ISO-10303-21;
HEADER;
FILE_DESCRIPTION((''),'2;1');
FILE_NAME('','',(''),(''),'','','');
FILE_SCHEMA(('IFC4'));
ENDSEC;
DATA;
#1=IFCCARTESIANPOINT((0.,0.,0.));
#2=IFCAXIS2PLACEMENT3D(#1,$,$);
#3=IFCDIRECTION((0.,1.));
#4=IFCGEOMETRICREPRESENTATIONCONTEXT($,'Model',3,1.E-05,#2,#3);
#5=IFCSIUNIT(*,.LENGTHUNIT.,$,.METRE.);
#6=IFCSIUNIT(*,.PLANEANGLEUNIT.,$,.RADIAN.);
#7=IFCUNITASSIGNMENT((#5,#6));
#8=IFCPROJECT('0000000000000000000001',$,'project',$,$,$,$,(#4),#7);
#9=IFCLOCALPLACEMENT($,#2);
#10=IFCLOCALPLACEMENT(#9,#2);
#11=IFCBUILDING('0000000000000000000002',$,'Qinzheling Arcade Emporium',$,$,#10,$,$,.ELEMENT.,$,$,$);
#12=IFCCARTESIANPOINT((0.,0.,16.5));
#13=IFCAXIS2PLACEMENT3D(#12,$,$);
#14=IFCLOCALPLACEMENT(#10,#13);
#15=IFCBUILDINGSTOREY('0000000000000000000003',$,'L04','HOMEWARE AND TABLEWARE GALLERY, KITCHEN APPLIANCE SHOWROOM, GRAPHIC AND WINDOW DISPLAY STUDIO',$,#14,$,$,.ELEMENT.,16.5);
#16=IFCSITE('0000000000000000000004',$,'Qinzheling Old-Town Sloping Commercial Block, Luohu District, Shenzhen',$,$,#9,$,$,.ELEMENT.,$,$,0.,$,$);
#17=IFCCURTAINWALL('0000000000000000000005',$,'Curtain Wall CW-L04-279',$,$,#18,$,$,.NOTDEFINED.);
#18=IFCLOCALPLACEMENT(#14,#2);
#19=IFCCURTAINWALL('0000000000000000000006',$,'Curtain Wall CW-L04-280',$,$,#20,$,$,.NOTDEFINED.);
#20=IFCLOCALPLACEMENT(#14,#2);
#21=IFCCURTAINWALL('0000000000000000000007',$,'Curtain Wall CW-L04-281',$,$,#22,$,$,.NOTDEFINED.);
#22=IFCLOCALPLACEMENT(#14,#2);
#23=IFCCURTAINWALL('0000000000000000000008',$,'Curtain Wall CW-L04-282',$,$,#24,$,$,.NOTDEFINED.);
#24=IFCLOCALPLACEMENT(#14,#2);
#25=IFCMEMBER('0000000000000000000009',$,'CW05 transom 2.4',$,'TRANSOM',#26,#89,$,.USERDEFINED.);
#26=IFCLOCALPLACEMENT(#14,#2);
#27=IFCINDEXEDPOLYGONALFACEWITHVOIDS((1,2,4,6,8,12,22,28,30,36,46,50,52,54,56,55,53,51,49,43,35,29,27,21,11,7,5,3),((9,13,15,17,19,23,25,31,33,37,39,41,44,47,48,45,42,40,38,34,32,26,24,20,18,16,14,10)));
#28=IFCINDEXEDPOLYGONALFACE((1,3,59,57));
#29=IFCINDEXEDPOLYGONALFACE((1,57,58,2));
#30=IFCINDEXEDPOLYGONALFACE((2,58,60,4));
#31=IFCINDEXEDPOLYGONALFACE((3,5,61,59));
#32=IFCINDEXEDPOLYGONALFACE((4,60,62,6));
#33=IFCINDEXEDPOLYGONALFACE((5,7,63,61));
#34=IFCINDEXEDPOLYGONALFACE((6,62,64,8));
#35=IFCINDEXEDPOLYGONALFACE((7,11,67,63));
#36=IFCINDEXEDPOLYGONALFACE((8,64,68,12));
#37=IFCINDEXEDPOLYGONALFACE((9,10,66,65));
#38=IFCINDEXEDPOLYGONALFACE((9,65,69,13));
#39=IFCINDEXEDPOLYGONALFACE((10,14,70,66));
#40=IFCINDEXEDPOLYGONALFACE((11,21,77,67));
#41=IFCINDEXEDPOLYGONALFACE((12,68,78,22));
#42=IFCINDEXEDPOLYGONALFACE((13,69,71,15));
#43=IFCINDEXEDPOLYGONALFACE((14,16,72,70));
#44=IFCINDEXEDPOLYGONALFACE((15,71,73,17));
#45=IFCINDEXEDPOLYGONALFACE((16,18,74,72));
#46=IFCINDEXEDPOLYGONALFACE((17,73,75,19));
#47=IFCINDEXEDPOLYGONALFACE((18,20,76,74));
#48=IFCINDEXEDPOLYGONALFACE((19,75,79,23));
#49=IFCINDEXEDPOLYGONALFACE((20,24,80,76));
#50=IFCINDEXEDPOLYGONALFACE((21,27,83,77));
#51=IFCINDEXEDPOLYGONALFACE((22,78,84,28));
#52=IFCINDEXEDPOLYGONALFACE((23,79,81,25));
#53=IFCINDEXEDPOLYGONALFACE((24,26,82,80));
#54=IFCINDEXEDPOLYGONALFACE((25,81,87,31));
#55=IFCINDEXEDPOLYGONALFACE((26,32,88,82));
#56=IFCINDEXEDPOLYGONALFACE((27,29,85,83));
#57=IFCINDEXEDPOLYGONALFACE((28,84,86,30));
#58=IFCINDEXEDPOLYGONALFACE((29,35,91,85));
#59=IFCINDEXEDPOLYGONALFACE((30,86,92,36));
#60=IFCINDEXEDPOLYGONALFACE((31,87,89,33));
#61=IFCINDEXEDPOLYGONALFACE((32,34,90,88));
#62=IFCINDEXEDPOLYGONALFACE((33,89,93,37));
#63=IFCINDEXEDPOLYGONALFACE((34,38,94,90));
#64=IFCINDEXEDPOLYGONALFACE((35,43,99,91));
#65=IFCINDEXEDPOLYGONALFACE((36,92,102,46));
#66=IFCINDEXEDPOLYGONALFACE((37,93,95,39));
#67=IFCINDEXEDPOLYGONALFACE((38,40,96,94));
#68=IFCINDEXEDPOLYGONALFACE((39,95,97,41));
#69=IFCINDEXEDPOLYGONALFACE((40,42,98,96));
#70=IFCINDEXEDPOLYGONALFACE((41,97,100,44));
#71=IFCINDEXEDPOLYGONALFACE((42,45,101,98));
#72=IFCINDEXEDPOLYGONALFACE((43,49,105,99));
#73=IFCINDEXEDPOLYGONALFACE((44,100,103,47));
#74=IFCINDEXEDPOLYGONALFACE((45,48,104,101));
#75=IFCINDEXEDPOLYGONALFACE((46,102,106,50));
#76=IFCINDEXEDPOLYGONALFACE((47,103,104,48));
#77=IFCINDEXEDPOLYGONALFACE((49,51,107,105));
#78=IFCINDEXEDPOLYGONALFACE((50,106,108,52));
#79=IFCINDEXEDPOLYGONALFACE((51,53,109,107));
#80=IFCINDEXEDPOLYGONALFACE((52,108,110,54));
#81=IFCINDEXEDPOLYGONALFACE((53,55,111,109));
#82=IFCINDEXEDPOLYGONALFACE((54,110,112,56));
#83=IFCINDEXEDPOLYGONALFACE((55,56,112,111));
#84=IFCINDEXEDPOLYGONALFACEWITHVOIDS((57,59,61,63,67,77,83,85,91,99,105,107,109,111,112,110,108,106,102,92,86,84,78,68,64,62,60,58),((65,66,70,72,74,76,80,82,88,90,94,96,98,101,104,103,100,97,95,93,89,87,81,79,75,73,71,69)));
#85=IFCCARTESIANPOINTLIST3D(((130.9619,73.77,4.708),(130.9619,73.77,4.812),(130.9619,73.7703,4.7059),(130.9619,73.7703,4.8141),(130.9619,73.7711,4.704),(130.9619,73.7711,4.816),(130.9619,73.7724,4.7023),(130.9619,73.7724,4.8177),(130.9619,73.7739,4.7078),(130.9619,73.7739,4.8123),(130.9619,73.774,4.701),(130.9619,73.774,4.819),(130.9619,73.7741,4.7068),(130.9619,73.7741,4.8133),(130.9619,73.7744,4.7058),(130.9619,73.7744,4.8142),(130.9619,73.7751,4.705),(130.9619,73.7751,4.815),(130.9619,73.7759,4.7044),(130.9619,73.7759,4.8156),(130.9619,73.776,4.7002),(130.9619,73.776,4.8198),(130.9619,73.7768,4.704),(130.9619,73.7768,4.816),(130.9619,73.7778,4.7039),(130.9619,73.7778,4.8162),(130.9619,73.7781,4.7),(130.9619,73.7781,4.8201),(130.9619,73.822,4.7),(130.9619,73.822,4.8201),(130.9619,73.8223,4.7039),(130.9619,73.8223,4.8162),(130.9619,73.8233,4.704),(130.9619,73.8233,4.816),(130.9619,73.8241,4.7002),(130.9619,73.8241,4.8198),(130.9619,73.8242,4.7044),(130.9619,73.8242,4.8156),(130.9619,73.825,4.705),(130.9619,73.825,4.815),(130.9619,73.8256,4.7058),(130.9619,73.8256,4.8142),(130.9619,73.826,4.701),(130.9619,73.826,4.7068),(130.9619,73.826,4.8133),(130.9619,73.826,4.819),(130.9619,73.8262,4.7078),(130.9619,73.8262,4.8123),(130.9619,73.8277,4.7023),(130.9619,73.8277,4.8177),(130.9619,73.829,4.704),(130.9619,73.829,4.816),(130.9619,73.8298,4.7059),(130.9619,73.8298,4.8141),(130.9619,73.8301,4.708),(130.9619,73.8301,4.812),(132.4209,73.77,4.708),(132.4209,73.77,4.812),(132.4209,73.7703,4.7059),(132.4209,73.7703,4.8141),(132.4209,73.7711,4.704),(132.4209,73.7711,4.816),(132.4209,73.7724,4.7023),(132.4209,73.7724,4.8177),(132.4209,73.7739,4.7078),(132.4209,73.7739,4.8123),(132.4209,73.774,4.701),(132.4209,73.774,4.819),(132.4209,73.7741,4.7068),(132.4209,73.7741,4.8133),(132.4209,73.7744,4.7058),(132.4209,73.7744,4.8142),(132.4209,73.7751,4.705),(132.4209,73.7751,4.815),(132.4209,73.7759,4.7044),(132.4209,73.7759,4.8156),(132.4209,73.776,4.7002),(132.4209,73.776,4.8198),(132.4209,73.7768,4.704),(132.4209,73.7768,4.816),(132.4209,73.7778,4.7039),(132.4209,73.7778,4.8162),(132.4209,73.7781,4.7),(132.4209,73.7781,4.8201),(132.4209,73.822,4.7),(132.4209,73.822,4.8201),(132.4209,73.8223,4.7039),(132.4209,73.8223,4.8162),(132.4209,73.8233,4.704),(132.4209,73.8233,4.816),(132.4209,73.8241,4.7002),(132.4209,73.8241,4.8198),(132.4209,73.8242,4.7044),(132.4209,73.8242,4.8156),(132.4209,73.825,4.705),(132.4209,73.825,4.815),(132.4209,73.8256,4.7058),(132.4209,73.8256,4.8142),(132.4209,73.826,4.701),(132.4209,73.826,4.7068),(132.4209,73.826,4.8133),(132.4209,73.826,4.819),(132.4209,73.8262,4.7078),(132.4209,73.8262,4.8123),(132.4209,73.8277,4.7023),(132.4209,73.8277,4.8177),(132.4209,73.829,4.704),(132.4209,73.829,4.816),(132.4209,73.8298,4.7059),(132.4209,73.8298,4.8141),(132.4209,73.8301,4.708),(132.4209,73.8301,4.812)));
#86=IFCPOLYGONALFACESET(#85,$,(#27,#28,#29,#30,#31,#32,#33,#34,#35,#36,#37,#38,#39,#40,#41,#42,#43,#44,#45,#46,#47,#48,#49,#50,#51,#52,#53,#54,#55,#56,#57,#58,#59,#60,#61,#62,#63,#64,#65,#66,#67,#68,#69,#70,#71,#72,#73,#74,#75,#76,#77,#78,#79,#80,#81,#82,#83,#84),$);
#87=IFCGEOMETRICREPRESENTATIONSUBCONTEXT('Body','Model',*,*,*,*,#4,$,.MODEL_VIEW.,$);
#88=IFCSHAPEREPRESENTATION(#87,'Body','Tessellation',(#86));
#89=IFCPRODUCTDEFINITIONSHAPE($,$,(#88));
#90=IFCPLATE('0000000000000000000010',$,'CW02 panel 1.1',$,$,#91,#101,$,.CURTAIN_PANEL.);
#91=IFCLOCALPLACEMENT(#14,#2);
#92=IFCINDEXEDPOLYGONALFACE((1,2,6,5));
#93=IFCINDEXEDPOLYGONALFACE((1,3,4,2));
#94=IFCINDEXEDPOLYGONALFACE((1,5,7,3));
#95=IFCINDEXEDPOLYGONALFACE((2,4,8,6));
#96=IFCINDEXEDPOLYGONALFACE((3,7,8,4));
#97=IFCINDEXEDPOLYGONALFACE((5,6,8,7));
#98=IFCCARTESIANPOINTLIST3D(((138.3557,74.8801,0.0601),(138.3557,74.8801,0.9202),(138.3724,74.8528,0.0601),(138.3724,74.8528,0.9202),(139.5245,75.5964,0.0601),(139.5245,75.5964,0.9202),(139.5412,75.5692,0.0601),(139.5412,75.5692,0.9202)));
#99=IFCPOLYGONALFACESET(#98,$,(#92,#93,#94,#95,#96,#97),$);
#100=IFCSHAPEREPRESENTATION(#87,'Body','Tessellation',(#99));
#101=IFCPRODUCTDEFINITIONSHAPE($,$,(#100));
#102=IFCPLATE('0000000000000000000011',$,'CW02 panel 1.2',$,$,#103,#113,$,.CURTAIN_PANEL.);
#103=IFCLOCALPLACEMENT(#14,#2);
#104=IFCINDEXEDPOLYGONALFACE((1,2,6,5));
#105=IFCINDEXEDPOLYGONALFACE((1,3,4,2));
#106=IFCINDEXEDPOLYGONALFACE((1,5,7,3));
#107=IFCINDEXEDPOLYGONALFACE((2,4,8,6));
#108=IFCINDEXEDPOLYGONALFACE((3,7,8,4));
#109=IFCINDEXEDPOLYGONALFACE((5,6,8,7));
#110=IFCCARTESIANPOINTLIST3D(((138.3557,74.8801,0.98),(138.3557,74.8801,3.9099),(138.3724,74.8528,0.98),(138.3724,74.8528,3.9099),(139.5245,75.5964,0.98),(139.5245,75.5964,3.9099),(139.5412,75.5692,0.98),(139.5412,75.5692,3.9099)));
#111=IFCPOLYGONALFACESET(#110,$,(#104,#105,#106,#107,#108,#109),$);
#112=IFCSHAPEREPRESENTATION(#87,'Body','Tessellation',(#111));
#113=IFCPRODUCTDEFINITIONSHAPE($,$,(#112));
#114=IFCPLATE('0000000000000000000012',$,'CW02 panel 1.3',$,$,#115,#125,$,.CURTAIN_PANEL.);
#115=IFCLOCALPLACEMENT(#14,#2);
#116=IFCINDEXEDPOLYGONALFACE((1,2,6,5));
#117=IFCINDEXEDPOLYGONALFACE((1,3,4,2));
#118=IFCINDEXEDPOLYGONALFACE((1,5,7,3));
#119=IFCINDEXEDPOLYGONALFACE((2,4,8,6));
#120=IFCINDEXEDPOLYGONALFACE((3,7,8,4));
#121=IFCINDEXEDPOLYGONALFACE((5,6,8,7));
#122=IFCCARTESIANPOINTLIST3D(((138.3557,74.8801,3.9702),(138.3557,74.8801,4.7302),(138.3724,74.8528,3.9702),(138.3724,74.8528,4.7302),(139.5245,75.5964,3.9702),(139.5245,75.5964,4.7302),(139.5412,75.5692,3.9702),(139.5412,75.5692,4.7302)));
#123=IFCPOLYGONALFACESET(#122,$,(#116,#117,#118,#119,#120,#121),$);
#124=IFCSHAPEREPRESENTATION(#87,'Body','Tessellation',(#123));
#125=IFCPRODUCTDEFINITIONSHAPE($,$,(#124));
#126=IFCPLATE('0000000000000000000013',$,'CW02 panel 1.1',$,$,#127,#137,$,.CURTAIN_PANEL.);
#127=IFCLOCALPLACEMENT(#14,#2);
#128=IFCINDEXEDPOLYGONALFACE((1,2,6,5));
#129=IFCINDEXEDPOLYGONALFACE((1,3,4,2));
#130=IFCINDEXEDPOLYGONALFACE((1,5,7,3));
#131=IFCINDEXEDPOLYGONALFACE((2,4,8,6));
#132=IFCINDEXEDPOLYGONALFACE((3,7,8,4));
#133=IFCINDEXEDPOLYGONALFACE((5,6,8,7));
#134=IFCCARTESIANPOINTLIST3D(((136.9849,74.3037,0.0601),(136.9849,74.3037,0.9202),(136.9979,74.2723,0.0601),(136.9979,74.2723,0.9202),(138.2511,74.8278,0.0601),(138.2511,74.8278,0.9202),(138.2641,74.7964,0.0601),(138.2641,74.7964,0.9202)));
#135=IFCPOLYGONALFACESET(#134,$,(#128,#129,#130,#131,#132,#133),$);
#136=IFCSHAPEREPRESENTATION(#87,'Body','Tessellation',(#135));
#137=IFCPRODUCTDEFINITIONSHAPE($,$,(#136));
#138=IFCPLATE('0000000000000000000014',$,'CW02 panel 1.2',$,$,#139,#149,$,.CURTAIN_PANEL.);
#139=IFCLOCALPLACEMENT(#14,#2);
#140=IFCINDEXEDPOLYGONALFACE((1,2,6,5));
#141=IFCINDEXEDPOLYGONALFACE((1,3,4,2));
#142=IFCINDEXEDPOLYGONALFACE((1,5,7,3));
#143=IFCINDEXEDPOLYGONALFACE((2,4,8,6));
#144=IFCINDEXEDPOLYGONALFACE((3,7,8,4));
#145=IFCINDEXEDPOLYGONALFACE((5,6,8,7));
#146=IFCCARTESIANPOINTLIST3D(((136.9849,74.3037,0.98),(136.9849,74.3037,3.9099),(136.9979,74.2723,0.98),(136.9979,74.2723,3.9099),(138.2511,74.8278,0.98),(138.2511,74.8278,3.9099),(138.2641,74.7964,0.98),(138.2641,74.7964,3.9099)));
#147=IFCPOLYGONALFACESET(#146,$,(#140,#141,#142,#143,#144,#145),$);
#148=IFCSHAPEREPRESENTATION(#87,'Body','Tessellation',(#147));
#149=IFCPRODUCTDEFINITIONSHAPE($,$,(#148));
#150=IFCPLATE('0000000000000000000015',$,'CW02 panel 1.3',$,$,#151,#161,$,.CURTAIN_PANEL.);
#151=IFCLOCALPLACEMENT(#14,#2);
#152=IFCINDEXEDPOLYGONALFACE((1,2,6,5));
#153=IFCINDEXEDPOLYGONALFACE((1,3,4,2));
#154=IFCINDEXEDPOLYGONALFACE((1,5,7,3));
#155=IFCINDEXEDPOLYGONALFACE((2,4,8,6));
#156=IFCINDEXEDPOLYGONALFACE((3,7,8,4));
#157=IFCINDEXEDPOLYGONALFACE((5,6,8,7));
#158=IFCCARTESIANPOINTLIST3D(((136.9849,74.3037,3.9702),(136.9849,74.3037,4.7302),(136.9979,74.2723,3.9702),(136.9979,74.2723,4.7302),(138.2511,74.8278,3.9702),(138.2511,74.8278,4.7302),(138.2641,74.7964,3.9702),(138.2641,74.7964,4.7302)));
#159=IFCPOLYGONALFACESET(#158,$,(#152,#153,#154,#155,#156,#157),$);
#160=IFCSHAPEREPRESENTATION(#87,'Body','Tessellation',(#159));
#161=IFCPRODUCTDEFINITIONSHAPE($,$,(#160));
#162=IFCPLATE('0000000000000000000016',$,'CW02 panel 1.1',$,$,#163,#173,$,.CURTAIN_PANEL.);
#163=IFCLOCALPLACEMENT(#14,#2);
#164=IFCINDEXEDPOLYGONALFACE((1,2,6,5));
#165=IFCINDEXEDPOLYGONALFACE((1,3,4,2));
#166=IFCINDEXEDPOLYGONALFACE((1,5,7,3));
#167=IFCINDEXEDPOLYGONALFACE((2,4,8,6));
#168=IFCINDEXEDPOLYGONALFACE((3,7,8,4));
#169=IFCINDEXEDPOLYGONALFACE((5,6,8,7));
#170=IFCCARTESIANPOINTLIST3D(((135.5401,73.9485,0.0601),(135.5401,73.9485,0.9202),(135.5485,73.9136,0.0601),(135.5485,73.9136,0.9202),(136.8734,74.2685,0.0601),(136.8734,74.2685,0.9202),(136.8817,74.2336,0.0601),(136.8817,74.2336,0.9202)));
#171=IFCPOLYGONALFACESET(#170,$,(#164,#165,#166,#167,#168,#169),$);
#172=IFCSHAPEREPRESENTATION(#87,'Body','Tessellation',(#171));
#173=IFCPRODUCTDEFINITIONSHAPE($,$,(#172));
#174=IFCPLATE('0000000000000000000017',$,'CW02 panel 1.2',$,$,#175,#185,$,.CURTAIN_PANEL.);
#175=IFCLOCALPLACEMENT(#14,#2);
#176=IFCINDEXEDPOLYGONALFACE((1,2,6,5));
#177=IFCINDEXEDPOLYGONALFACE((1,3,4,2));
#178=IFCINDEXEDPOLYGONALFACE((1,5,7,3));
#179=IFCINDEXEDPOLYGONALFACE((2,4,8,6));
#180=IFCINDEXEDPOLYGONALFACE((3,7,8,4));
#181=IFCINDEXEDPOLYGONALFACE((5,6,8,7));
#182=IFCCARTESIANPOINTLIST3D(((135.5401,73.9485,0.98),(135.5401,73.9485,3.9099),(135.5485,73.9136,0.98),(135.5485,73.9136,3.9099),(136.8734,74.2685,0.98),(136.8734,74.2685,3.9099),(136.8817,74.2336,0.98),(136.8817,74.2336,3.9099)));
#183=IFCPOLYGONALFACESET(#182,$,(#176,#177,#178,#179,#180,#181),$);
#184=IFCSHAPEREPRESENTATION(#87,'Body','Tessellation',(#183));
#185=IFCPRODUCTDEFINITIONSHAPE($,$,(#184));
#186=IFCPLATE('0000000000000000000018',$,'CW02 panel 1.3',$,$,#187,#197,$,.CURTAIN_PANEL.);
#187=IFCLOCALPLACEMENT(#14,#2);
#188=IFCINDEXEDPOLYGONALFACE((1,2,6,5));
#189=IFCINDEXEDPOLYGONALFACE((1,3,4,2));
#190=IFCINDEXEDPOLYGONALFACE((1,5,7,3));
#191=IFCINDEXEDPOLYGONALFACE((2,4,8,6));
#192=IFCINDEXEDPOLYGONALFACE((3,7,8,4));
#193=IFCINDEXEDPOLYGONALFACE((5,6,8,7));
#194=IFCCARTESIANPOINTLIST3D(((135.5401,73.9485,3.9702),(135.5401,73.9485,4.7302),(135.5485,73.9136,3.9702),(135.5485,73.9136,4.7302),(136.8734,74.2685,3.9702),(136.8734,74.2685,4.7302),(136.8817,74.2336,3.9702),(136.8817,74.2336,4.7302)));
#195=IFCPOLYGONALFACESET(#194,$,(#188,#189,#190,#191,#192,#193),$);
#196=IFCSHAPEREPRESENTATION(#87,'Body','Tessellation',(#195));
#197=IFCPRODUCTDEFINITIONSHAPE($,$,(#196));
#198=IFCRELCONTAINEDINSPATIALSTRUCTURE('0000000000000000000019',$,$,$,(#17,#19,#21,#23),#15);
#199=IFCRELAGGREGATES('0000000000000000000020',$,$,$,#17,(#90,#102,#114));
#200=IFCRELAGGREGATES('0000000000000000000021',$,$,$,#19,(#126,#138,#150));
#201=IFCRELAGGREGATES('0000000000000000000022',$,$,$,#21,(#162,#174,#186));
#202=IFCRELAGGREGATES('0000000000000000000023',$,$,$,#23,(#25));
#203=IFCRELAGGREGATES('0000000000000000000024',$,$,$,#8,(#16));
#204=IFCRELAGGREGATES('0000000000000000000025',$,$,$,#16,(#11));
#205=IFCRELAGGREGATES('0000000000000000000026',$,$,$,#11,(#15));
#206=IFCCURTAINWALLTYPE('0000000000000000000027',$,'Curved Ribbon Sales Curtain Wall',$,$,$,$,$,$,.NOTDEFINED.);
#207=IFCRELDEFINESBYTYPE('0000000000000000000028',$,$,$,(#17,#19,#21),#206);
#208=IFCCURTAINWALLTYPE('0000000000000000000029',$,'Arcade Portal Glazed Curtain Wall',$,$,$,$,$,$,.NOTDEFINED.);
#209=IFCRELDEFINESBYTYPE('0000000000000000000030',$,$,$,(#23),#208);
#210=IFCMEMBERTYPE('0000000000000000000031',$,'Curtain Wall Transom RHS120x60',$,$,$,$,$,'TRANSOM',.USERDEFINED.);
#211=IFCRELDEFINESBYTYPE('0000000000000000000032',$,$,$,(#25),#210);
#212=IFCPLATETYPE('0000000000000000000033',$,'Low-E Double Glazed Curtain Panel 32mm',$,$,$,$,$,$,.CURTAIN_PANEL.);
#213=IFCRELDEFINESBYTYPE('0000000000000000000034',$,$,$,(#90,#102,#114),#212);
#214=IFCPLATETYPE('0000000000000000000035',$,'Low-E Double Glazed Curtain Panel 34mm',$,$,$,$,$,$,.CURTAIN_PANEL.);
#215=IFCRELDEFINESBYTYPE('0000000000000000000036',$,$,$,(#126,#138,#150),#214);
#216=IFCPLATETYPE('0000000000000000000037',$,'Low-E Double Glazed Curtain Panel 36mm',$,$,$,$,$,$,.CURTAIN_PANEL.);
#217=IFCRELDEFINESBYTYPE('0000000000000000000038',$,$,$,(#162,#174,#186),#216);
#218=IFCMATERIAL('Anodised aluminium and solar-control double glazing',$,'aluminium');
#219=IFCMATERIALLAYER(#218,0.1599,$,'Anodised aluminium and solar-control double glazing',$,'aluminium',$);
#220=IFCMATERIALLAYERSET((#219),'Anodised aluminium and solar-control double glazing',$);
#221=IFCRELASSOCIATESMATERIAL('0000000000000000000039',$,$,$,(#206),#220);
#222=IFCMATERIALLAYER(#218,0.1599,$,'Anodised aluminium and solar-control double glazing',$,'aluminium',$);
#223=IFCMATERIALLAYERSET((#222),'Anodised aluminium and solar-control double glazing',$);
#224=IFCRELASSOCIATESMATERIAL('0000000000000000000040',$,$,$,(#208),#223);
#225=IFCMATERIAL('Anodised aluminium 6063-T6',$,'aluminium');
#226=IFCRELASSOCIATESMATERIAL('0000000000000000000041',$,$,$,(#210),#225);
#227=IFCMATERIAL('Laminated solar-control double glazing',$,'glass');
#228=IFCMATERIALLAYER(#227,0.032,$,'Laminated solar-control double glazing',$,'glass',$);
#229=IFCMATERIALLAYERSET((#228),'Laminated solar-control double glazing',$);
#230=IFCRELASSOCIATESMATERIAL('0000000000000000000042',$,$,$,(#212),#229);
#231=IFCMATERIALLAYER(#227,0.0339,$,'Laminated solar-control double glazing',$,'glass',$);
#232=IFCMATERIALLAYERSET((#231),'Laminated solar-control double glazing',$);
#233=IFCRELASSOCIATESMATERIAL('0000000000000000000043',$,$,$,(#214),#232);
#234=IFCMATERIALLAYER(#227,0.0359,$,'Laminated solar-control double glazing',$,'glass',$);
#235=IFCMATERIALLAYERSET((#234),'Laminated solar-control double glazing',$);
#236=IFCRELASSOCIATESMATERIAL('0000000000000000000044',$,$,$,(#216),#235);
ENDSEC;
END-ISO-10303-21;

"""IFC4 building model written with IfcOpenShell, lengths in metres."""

from ifc_helpers import new_model, si_unit, direction, frame, origin, origin_2d, place, context, subcontext, project, spatial, rectangle, hollow_rectangle, extrude, material, layer, layer_set, material_profile, profile_set, type_object, element, aggregate, save


model = new_model("IFC4")

# Units and contexts
model_context = context("Model", 3, precision=1e-05, world=origin(), true_north=direction((0.0, 1.0)))
body_context = subcontext(model_context, "Body", "Model", "MODEL_VIEW")
ifc_project = project(units=[si_unit("LENGTHUNIT", "METRE"), si_unit("PLANEANGLEUNIT", "RADIAN")], contexts=[model_context])

# Site, building, storey
site_placement = place(None, origin())
site = spatial("IfcSite", under=ifc_project, at=site_placement, Name="Qinzheling Old-Town Sloping Commercial Block, Luohu District, Shenzhen", CompositionType="ELEMENT", RefElevation=0.0)
building_placement = place(site_placement, origin())
building = spatial("IfcBuilding", under=site, at=building_placement, Name="Qinzheling Arcade Emporium", CompositionType="ELEMENT")
storey_placement = place(building_placement, frame((0.0, 0.0, 16.5)))
storey = spatial("IfcBuildingStorey", under=building, at=storey_placement, Name="L04", Description="HOMEWARE AND TABLEWARE GALLERY, KITCHEN APPLIANCE SHOWROOM, GRAPHIC AND WINDOW DISPLAY STUDIO", CompositionType="ELEMENT", Elevation=16.5)

# Curtain wall
ifc_material_1 = material(Name="Anodised aluminium and solar-control double glazing", Category="aluminium")
ifc_layer_1 = layer(ifc_material_1, 0.1599, Name="Anodised aluminium and solar-control double glazing", Category="aluminium")
ifc_layer_set_1 = layer_set([ifc_layer_1], Name="Anodised aluminium and solar-control double glazing")
curtain_wall_type_1 = type_object("IfcCurtainWallType", Name="Curved Ribbon Sales Curtain Wall", PredefinedType="NOTDEFINED", material=ifc_layer_set_1)
curtain_wall_1_placement = place(storey_placement, origin())
curtain_wall_1 = element("IfcCurtainWall", 1, at=curtain_wall_1_placement, inside=storey, type_object=curtain_wall_type_1, Name="Curtain Wall CW-L04-279", PredefinedType="NOTDEFINED")
ifc_material_2 = material(Name="Anodised aluminium 6063-T6", Category="aluminium")

# Curtain walls
curtain_wall_2_placement = place(storey_placement, origin())
curtain_wall_2 = element("IfcCurtainWall", 2, at=curtain_wall_2_placement, inside=storey, type_object=curtain_wall_type_1, Name="Curtain Wall CW-L04-280", PredefinedType="NOTDEFINED")
curtain_wall_3_placement = place(storey_placement, origin())
curtain_wall_3 = element("IfcCurtainWall", 3, at=curtain_wall_3_placement, inside=storey, type_object=curtain_wall_type_1, Name="Curtain Wall CW-L04-281", PredefinedType="NOTDEFINED")
ifc_layer_2 = layer(ifc_material_1, 0.1599, Name="Anodised aluminium and solar-control double glazing", Category="aluminium")
ifc_layer_set_2 = layer_set([ifc_layer_2], Name="Anodised aluminium and solar-control double glazing")
curtain_wall_type_2 = type_object("IfcCurtainWallType", Name="Arcade Portal Glazed Curtain Wall", PredefinedType="NOTDEFINED", material=ifc_layer_set_2)
curtain_wall_4_placement = place(storey_placement, origin())
curtain_wall_4 = element("IfcCurtainWall", 4, at=curtain_wall_4_placement, inside=storey, type_object=curtain_wall_type_2, Name="Curtain Wall CW-L04-282", PredefinedType="NOTDEFINED")

# Member
ifc_material_profile_1 = material_profile(ifc_material_2, hollow_rectangle(XDim=0.0601, YDim=0.1201, WallThickness=0.0039, InnerFilletRadius=0.0039, OuterFilletRadius=0.0081, at=origin_2d()), Name="RHS 120x60x4", Category="aluminium")
ifc_profile_set_1 = profile_set([ifc_material_profile_1], Name="Anodised aluminium 6063-T6")
member_type_1 = type_object("IfcMemberType", Name="Curtain Wall Transom RHS120x60", ElementType="TRANSOM", PredefinedType="USERDEFINED", material=ifc_profile_set_1)
member_1_placement = place(storey_placement, frame((132.4209, 73.8, 4.76), z_axis=(-1.0, 0.0, 0.0), x_axis=(0.0, -1.0, 0.0)))
member_1 = element("IfcMember", 5, at=member_1_placement, type_object=member_type_1, Name="CW05 transom 2.4", ObjectType="TRANSOM", PredefinedType="USERDEFINED", context=body_context, shape_type="SweptSolid", body=[
    extrude(hollow_rectangle(XDim=0.0601, YDim=0.1201, WallThickness=0.0039, InnerFilletRadius=0.0039, OuterFilletRadius=0.0081, at=origin_2d()), origin(), (0.0, 0.0, 1.0), 1.459),
])

# Plates
ifc_material_3 = material(Name="Laminated solar-control double glazing", Category="glass")
ifc_layer_3 = layer(ifc_material_3, 0.032, Name="Laminated solar-control double glazing", Category="glass")
ifc_layer_set_3 = layer_set([ifc_layer_3], Name="Laminated solar-control double glazing")
plate_type_1 = type_object("IfcPlateType", Name="Low-E Double Glazed Curtain Panel 32mm", PredefinedType="CURTAIN_PANEL", material=ifc_layer_set_3)
plate_1_placement = place(storey_placement, frame((138.9485, 75.2246, 0.0601), z_axis=(0.0, 0.0, 1.0), x_axis=(-0.852601, -0.522562, 0.0)))
plate_1 = element("IfcPlate", 6, at=plate_1_placement, type_object=plate_type_1, Name="CW02 panel 1.1", PredefinedType="CURTAIN_PANEL", context=body_context, shape_type="SweptSolid", body=[
    extrude(rectangle(XDim=1.3708, YDim=0.032, at=origin_2d()), origin(), (0.0, 0.0, 1.0), 0.8601),
])
plate_2_placement = place(storey_placement, frame((138.9485, 75.2246, 0.98), z_axis=(0.0, 0.0, 1.0), x_axis=(-0.852601, -0.522562, 0.0)))
plate_2 = element("IfcPlate", 7, at=plate_2_placement, type_object=plate_type_1, Name="CW02 panel 1.2", PredefinedType="CURTAIN_PANEL", context=body_context, shape_type="SweptSolid", body=[
    extrude(rectangle(XDim=1.3708, YDim=0.032, at=origin_2d()), origin(), (0.0, 0.0, 1.0), 2.9299),
])
plate_3_placement = place(storey_placement, frame((138.9485, 75.2246, 3.9702), z_axis=(0.0, 0.0, 1.0), x_axis=(-0.852601, -0.522562, 0.0)))
plate_3 = element("IfcPlate", 8, at=plate_3_placement, type_object=plate_type_1, Name="CW02 panel 1.3", PredefinedType="CURTAIN_PANEL", context=body_context, shape_type="SweptSolid", body=[
    extrude(rectangle(XDim=1.3708, YDim=0.032, at=origin_2d()), origin(), (0.0, 0.0, 1.0), 0.76),
])
aggregate(curtain_wall_1, [plate_1, plate_2, plate_3])
ifc_layer_4 = layer(ifc_material_3, 0.0339, Name="Laminated solar-control double glazing", Category="glass")
ifc_layer_set_4 = layer_set([ifc_layer_4], Name="Laminated solar-control double glazing")
plate_type_2 = type_object("IfcPlateType", Name="Low-E Double Glazed Curtain Panel 34mm", PredefinedType="CURTAIN_PANEL", material=ifc_layer_set_4)
plate_4_placement = place(storey_placement, frame((137.6245, 74.55, 0.0601), z_axis=(0.0, 0.0, 1.0), x_axis=(-0.923968, -0.38247, 0.0)))
plate_4 = element("IfcPlate", 9, at=plate_4_placement, type_object=plate_type_2, Name="CW02 panel 1.1", PredefinedType="CURTAIN_PANEL", context=body_context, shape_type="SweptSolid", body=[
    extrude(rectangle(XDim=1.3704, YDim=0.0339, at=origin_2d()), origin(), (0.0, 0.0, 1.0), 0.8601),
])
plate_5_placement = place(storey_placement, frame((137.6245, 74.55, 0.98), z_axis=(0.0, 0.0, 1.0), x_axis=(-0.923968, -0.38247, 0.0)))
plate_5 = element("IfcPlate", 10, at=plate_5_placement, type_object=plate_type_2, Name="CW02 panel 1.2", PredefinedType="CURTAIN_PANEL", context=body_context, shape_type="SweptSolid", body=[
    extrude(rectangle(XDim=1.3704, YDim=0.0339, at=origin_2d()), origin(), (0.0, 0.0, 1.0), 2.9299),
])
plate_6_placement = place(storey_placement, frame((137.6245, 74.55, 3.9702), z_axis=(0.0, 0.0, 1.0), x_axis=(-0.923968, -0.38247, 0.0)))
plate_6 = element("IfcPlate", 11, at=plate_6_placement, type_object=plate_type_2, Name="CW02 panel 1.3", PredefinedType="CURTAIN_PANEL", context=body_context, shape_type="SweptSolid", body=[
    extrude(rectangle(XDim=1.3704, YDim=0.0339, at=origin_2d()), origin(), (0.0, 0.0, 1.0), 0.76),
])
aggregate(curtain_wall_2, [plate_4, plate_5, plate_6])
ifc_layer_5 = layer(ifc_material_3, 0.0359, Name="Laminated solar-control double glazing", Category="glass")
ifc_layer_set_5 = layer_set([ifc_layer_5], Name="Laminated solar-control double glazing")
plate_type_3 = type_object("IfcPlateType", Name="Low-E Double Glazed Curtain Panel 36mm", PredefinedType="CURTAIN_PANEL", material=ifc_layer_set_5)
plate_7_placement = place(storey_placement, frame((136.2109, 74.0911, 0.0601), z_axis=(0.0, 0.0, 1.0), x_axis=(-0.972387, -0.233373, 0.0)))
plate_7 = element("IfcPlate", 12, at=plate_7_placement, type_object=plate_type_3, Name="CW02 panel 1.1", PredefinedType="CURTAIN_PANEL", context=body_context, shape_type="SweptSolid", body=[
    extrude(rectangle(XDim=1.3711, YDim=0.0359, at=origin_2d()), origin(), (0.0, 0.0, 1.0), 0.8601),
])
plate_8_placement = place(storey_placement, frame((136.2109, 74.0911, 0.98), z_axis=(0.0, 0.0, 1.0), x_axis=(-0.972387, -0.233373, 0.0)))
plate_8 = element("IfcPlate", 13, at=plate_8_placement, type_object=plate_type_3, Name="CW02 panel 1.2", PredefinedType="CURTAIN_PANEL", context=body_context, shape_type="SweptSolid", body=[
    extrude(rectangle(XDim=1.3711, YDim=0.0359, at=origin_2d()), origin(), (0.0, 0.0, 1.0), 2.9299),
])
plate_9_placement = place(storey_placement, frame((136.2109, 74.0911, 3.9702), z_axis=(0.0, 0.0, 1.0), x_axis=(-0.972387, -0.233373, 0.0)))
plate_9 = element("IfcPlate", 14, at=plate_9_placement, type_object=plate_type_3, Name="CW02 panel 1.3", PredefinedType="CURTAIN_PANEL", context=body_context, shape_type="SweptSolid", body=[
    extrude(rectangle(XDim=1.3711, YDim=0.0359, at=origin_2d()), origin(), (0.0, 0.0, 1.0), 0.76),
])
aggregate(curtain_wall_3, [plate_7, plate_8, plate_9])
aggregate(curtain_wall_4, [member_1])

save(model, "model.ifc")
